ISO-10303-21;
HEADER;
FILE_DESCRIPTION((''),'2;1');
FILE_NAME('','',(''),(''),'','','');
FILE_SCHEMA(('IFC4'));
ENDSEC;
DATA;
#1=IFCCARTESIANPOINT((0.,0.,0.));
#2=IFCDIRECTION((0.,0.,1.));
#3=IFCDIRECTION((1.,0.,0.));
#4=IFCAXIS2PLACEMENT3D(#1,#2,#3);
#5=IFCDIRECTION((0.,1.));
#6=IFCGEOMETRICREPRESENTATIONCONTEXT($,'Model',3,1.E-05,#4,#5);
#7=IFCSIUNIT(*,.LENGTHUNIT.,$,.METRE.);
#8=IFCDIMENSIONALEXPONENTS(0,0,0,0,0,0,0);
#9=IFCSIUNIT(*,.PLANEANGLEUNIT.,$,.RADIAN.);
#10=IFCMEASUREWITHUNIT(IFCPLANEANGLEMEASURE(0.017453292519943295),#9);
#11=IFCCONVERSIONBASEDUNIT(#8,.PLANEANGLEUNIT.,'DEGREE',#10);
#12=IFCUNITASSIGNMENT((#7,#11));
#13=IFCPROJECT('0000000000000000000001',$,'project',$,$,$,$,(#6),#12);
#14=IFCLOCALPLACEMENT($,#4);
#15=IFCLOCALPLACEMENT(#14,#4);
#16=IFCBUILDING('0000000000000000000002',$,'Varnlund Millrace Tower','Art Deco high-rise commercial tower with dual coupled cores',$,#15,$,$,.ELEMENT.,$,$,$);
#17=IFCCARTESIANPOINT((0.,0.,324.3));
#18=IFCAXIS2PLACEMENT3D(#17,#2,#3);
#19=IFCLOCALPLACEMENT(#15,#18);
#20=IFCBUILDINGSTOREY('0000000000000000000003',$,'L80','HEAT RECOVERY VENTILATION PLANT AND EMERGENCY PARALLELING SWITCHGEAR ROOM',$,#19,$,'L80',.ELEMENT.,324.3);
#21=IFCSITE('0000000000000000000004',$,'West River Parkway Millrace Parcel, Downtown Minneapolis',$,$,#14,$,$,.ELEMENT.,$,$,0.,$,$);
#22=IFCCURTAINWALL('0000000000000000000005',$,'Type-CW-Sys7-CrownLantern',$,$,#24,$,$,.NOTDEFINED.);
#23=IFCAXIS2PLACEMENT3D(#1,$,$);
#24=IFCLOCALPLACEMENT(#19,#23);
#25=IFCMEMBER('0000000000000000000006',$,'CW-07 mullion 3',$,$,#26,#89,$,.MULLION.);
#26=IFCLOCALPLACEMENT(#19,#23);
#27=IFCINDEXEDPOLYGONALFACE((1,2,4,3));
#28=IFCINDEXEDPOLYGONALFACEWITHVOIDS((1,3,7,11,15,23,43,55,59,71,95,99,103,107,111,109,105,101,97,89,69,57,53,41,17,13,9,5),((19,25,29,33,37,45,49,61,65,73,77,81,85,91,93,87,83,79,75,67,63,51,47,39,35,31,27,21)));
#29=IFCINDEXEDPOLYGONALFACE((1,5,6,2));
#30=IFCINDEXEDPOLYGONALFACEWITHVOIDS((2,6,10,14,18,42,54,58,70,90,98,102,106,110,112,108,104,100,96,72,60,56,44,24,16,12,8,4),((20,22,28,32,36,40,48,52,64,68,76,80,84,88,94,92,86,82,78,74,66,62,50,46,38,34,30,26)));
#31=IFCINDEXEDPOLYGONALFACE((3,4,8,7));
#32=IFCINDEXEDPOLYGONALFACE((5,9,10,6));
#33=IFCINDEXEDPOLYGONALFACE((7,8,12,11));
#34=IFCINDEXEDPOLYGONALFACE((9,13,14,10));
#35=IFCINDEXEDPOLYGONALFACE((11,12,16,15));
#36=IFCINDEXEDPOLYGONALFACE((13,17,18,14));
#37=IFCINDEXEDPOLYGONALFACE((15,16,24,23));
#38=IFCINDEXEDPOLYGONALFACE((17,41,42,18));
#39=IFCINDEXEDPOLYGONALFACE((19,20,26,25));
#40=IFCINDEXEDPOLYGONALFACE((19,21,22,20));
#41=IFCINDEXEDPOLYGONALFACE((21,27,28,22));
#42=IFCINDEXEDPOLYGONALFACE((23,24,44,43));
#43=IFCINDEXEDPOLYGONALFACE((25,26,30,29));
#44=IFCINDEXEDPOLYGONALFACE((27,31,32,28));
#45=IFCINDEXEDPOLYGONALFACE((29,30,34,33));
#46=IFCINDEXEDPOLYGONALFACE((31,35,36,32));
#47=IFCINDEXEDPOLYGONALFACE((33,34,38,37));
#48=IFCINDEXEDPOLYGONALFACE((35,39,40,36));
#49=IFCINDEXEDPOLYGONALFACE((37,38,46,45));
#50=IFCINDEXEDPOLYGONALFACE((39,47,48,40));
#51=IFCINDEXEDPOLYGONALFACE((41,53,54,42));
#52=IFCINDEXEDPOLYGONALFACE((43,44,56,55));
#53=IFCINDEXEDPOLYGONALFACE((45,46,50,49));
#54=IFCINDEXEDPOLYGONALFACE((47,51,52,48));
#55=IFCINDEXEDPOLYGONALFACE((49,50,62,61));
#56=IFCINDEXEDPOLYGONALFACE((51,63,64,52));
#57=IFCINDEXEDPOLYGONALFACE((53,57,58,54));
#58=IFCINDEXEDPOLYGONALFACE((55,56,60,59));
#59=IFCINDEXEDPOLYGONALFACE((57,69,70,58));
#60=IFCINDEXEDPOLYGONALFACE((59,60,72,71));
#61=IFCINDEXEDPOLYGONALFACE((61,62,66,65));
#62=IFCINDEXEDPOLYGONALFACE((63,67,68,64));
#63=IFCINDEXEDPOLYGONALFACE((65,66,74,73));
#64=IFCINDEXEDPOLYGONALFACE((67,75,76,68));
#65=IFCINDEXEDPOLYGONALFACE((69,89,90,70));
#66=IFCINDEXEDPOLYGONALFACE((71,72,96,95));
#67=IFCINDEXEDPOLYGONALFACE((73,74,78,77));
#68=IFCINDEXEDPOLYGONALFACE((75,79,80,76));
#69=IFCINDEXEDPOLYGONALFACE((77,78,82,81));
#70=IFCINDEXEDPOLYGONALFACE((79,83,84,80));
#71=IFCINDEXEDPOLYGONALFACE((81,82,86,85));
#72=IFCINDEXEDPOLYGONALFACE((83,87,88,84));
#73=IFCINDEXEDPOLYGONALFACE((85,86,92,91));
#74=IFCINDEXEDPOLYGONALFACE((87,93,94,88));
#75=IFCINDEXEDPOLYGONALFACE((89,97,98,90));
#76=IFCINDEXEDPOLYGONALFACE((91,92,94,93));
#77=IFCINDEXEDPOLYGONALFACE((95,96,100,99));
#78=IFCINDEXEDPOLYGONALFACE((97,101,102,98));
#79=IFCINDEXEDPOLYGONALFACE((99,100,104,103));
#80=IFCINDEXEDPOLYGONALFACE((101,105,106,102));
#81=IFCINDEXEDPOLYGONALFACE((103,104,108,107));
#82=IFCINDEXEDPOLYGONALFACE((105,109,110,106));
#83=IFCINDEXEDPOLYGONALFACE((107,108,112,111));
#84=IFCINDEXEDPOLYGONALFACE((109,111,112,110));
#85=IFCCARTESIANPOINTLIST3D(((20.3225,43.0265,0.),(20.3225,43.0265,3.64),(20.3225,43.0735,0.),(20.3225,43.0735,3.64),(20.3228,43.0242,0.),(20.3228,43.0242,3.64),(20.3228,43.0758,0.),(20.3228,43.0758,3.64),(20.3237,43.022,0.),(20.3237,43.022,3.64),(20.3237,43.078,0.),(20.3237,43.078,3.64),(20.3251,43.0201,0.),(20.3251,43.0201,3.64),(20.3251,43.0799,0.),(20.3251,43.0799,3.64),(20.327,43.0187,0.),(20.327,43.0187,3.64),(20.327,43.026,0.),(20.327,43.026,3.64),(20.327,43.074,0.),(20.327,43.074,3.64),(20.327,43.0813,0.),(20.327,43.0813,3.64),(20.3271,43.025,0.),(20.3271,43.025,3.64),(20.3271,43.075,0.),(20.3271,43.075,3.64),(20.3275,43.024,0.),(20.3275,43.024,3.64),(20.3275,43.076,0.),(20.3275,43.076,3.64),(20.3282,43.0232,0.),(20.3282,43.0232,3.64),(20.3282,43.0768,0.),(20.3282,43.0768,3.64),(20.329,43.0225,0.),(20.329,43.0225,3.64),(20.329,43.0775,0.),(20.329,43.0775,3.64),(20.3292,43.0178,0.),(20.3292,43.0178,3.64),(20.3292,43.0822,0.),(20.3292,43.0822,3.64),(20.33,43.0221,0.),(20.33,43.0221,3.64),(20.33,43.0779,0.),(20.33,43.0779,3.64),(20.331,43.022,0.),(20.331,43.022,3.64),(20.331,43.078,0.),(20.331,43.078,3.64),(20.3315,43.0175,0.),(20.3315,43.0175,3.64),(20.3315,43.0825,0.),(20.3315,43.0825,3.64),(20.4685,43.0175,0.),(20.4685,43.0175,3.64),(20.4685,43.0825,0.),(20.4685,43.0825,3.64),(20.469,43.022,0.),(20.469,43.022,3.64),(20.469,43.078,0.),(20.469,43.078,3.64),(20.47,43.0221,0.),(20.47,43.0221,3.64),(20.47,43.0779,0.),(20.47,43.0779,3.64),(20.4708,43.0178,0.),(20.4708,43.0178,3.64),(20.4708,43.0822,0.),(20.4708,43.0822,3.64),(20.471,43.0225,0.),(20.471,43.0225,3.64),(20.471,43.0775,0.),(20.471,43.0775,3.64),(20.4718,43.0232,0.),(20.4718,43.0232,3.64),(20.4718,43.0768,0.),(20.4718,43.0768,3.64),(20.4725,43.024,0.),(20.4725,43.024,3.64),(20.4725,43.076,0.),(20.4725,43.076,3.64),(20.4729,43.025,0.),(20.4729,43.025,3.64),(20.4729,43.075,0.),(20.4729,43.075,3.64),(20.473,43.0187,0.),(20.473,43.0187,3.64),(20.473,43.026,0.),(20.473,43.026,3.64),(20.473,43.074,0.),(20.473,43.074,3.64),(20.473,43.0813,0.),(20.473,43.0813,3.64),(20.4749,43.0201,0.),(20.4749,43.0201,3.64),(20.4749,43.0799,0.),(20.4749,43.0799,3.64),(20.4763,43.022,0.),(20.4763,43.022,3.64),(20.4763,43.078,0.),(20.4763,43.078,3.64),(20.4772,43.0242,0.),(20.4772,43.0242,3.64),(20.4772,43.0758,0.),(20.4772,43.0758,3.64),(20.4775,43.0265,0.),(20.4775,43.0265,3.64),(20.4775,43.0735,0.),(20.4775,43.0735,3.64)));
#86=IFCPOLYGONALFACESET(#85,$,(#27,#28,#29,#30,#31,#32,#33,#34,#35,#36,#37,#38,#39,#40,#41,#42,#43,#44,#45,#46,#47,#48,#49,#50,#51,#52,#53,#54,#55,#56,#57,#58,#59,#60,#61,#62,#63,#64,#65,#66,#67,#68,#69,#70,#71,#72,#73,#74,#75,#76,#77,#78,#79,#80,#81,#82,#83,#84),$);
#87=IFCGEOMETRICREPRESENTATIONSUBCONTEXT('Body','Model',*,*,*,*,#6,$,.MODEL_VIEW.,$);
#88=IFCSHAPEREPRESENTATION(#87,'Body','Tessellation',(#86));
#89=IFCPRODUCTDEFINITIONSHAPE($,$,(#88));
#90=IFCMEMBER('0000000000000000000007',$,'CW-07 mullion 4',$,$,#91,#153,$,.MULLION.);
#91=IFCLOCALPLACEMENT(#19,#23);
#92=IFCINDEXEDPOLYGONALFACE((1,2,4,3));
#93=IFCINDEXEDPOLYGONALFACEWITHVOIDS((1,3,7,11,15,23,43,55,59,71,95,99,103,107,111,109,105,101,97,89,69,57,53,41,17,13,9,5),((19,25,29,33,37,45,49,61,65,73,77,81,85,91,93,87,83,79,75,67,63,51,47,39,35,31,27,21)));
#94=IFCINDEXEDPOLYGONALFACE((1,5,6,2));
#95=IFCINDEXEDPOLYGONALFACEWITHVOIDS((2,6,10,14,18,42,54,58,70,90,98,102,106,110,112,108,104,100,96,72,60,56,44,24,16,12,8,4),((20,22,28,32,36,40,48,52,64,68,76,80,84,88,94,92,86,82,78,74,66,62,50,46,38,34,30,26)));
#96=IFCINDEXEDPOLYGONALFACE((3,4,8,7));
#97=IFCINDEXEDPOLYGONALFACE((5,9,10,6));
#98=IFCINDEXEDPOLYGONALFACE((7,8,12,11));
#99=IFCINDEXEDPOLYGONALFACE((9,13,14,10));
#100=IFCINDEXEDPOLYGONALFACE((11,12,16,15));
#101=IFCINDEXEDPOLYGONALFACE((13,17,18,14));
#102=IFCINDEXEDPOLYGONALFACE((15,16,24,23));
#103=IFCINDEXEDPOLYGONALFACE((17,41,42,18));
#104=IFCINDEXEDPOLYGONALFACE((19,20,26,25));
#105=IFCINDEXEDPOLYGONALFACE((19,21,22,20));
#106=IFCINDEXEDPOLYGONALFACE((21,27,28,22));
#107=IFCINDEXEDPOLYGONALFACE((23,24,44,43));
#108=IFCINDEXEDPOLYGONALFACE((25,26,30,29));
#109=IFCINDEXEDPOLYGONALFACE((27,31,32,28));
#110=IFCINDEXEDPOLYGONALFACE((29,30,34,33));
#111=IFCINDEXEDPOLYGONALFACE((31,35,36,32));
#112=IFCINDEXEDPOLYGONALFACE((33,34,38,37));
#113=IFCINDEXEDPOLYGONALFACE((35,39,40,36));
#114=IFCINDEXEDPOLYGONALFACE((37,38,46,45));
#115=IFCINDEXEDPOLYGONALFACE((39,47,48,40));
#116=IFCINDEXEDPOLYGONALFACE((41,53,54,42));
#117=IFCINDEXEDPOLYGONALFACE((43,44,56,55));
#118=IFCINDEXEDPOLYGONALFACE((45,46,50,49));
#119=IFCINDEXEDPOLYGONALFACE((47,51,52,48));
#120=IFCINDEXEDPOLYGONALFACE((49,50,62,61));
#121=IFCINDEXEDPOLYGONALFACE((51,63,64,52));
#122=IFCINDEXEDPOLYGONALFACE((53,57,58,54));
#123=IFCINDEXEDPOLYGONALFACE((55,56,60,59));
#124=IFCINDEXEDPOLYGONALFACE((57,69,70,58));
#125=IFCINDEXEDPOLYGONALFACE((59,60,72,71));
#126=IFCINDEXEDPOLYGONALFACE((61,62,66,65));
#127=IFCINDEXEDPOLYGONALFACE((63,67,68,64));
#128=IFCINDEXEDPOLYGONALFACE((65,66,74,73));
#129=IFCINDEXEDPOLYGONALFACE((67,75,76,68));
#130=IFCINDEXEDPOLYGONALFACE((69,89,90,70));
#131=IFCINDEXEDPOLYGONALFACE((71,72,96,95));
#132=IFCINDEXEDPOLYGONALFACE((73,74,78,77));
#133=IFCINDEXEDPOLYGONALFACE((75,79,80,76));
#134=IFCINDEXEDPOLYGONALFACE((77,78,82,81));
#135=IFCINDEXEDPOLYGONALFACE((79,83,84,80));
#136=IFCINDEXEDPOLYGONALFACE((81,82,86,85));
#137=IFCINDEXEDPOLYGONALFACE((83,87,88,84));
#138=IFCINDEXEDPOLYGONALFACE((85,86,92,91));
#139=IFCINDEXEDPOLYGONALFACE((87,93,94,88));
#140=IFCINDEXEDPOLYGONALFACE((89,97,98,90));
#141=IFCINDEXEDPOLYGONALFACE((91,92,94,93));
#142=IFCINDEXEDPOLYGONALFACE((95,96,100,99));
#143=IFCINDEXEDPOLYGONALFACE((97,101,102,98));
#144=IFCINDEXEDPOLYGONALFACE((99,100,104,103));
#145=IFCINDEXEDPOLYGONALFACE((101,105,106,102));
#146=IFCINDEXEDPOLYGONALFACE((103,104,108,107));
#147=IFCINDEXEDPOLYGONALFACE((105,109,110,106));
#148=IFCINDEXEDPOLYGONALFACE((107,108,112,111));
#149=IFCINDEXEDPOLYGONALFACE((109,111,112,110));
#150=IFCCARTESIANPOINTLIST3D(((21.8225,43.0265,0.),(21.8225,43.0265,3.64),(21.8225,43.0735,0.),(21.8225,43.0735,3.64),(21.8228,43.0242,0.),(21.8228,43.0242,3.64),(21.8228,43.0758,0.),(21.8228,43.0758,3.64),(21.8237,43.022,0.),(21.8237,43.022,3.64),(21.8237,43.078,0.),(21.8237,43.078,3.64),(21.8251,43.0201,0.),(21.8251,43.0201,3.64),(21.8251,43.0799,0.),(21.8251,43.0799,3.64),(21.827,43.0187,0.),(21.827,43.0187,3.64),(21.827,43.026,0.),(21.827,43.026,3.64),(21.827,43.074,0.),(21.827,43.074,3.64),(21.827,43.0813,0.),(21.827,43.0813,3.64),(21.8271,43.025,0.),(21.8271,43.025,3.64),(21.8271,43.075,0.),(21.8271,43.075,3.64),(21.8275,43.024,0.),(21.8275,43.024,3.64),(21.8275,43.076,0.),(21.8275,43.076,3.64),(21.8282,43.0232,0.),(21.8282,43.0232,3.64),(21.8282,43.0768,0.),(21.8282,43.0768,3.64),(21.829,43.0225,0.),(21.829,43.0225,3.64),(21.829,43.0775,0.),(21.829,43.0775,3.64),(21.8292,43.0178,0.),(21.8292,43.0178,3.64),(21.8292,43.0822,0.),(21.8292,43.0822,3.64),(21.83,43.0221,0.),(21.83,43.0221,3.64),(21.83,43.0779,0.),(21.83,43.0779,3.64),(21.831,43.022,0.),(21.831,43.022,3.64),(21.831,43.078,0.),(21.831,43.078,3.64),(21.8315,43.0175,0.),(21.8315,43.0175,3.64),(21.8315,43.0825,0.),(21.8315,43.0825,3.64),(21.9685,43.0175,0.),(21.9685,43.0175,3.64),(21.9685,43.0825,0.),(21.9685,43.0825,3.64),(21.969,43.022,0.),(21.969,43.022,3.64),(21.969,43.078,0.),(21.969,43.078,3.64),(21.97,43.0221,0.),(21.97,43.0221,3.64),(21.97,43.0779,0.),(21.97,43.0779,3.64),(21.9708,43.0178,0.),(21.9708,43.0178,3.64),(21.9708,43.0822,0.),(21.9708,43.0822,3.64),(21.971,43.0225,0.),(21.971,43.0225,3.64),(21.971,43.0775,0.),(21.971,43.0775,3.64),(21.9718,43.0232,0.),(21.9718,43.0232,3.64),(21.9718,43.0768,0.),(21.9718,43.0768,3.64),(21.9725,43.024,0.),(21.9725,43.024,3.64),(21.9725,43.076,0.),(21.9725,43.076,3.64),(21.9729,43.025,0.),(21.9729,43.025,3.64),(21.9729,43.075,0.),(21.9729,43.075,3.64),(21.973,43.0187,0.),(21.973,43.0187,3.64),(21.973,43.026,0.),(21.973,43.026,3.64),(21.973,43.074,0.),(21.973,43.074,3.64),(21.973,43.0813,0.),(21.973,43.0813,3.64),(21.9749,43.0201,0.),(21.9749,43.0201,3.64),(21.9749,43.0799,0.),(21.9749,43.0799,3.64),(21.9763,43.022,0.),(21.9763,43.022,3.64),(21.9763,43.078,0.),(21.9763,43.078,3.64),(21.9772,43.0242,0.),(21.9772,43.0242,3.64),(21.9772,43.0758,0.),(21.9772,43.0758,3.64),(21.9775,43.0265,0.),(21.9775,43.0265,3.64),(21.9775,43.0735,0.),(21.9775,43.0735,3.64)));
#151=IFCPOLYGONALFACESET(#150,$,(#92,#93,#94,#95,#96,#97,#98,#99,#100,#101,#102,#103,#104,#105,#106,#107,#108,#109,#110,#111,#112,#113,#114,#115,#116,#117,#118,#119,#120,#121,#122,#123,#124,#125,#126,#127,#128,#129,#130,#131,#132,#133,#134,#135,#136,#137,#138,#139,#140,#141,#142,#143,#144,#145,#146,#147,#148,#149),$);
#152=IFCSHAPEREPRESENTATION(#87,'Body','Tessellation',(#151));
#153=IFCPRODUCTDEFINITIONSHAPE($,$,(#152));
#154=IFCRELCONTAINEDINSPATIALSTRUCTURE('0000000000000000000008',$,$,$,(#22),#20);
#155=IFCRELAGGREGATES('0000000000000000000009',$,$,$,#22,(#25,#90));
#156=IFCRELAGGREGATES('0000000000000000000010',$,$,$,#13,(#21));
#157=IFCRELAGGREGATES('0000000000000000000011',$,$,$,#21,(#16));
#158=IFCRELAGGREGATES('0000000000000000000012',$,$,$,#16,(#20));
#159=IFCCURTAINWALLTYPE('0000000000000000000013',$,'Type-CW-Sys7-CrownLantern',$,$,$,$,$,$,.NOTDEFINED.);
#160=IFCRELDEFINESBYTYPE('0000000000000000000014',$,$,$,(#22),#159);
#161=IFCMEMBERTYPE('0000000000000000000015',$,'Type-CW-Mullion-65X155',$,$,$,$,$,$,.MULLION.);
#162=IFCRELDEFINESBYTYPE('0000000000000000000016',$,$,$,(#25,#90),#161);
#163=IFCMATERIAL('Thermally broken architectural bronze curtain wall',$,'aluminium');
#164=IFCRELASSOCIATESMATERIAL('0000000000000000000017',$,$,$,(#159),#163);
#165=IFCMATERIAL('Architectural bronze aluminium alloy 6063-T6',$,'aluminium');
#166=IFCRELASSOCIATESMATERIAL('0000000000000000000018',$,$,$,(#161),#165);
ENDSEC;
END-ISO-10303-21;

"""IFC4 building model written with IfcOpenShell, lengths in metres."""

from ifc_helpers import new_model, entity, si_unit, converted_unit, direction, frame, origin_with_axes, origin_2d_with_axis, place, context, subcontext, project, spatial, hollow_rectangle, extrude, material, material_profile, profile_set, type_object, element, aggregate, save


model = new_model("IFC4")

# Units and contexts
model_context = context("Model", 3, precision=1e-05, world=origin_with_axes(), true_north=direction((0.0, 1.0)))
body_context = subcontext(model_context, "Body", "Model", "MODEL_VIEW")
ifc_project = project(units=[si_unit("LENGTHUNIT", "METRE"), converted_unit("PLANEANGLEUNIT", "DEGREE", entity("IfcPlaneAngleMeasure", 0.017453292519943295), si_unit("PLANEANGLEUNIT", "RADIAN"), dimensions=[0, 0, 0, 0, 0, 0, 0])], contexts=[model_context])

# Site, building, storey
site_placement = place(None, origin_with_axes())
site = spatial("IfcSite", under=ifc_project, at=site_placement, Name="West River Parkway Millrace Parcel, Downtown Minneapolis", CompositionType="ELEMENT", RefElevation=0.0)
building_placement = place(site_placement, origin_with_axes())
building = spatial("IfcBuilding", under=site, at=building_placement, Name="Varnlund Millrace Tower", Description="Art Deco high-rise commercial tower with dual coupled cores", CompositionType="ELEMENT")
storey_placement = place(building_placement, frame((0.0, 0.0, 324.3), z_axis=(0.0, 0.0, 1.0), x_axis=(1.0, 0.0, 0.0)))
storey = spatial("IfcBuildingStorey", under=building, at=storey_placement, Name="L80", Description="HEAT RECOVERY VENTILATION PLANT AND EMERGENCY PARALLELING SWITCHGEAR ROOM", LongName="L80", CompositionType="ELEMENT", Elevation=324.3)

# Curtain wall, members
ifc_material_1 = material(Name="Thermally broken architectural bronze curtain wall", Category="aluminium")
curtain_wall_type = type_object("IfcCurtainWallType", Name="Type-CW-Sys7-CrownLantern", PredefinedType="NOTDEFINED", material=ifc_material_1)
ifc_material_2 = material(Name="Architectural bronze aluminium alloy 6063-T6", Category="aluminium")
ifc_material_profile_1 = material_profile(ifc_material_2, hollow_rectangle(XDim=0.065, YDim=0.155, WallThickness=0.0045, InnerFilletRadius=0.004, OuterFilletRadius=0.009, at=origin_2d_with_axis()), Name="Architectural bronze aluminium alloy 6063-T6")
ifc_profile_set_1 = profile_set([ifc_material_profile_1], Name="Architectural bronze aluminium alloy 6063-T6")
member_type = type_object("IfcMemberType", Name="Type-CW-Mullion-65X155", PredefinedType="MULLION", material=ifc_profile_set_1)
curtain_wall_1_placement = place(storey_placement, frame((17.4, 43.05, 0.0), z_axis=(0.0, 0.0, 1.0), x_axis=(1.0, 0.0, 0.0)))
curtain_wall_1 = element("IfcCurtainWall", 1, at=curtain_wall_1_placement, inside=storey, type_object=curtain_wall_type, Name="Type-CW-Sys7-CrownLantern", PredefinedType="NOTDEFINED")
member_1_placement = place(storey_placement, frame((20.4, 43.05, 0.0), z_axis=(0.0, 0.0, 1.0), x_axis=(0.0, 1.0, 0.0)))
member_1 = element("IfcMember", 2, at=member_1_placement, type_object=member_type, Name="CW-07 mullion 3", PredefinedType="MULLION", context=body_context, shape_type="SweptSolid", body=[
    extrude(hollow_rectangle(XDim=0.065, YDim=0.155, WallThickness=0.0045, InnerFilletRadius=0.004, OuterFilletRadius=0.009, at=origin_2d_with_axis()), origin_with_axes(), (0.0, 0.0, 1.0), 3.64),
])
member_2_placement = place(storey_placement, frame((21.9, 43.05, 0.0), z_axis=(0.0, 0.0, 1.0), x_axis=(0.0, 1.0, 0.0)))
member_2 = element("IfcMember", 3, at=member_2_placement, type_object=member_type, Name="CW-07 mullion 4", PredefinedType="MULLION", context=body_context, shape_type="SweptSolid", body=[
    extrude(hollow_rectangle(XDim=0.065, YDim=0.155, WallThickness=0.0045, InnerFilletRadius=0.004, OuterFilletRadius=0.009, at=origin_2d_with_axis()), origin_with_axes(), (0.0, 0.0, 1.0), 3.64),
])
aggregate(curtain_wall_1, [member_1, member_2])

save(model, "model.ifc")
